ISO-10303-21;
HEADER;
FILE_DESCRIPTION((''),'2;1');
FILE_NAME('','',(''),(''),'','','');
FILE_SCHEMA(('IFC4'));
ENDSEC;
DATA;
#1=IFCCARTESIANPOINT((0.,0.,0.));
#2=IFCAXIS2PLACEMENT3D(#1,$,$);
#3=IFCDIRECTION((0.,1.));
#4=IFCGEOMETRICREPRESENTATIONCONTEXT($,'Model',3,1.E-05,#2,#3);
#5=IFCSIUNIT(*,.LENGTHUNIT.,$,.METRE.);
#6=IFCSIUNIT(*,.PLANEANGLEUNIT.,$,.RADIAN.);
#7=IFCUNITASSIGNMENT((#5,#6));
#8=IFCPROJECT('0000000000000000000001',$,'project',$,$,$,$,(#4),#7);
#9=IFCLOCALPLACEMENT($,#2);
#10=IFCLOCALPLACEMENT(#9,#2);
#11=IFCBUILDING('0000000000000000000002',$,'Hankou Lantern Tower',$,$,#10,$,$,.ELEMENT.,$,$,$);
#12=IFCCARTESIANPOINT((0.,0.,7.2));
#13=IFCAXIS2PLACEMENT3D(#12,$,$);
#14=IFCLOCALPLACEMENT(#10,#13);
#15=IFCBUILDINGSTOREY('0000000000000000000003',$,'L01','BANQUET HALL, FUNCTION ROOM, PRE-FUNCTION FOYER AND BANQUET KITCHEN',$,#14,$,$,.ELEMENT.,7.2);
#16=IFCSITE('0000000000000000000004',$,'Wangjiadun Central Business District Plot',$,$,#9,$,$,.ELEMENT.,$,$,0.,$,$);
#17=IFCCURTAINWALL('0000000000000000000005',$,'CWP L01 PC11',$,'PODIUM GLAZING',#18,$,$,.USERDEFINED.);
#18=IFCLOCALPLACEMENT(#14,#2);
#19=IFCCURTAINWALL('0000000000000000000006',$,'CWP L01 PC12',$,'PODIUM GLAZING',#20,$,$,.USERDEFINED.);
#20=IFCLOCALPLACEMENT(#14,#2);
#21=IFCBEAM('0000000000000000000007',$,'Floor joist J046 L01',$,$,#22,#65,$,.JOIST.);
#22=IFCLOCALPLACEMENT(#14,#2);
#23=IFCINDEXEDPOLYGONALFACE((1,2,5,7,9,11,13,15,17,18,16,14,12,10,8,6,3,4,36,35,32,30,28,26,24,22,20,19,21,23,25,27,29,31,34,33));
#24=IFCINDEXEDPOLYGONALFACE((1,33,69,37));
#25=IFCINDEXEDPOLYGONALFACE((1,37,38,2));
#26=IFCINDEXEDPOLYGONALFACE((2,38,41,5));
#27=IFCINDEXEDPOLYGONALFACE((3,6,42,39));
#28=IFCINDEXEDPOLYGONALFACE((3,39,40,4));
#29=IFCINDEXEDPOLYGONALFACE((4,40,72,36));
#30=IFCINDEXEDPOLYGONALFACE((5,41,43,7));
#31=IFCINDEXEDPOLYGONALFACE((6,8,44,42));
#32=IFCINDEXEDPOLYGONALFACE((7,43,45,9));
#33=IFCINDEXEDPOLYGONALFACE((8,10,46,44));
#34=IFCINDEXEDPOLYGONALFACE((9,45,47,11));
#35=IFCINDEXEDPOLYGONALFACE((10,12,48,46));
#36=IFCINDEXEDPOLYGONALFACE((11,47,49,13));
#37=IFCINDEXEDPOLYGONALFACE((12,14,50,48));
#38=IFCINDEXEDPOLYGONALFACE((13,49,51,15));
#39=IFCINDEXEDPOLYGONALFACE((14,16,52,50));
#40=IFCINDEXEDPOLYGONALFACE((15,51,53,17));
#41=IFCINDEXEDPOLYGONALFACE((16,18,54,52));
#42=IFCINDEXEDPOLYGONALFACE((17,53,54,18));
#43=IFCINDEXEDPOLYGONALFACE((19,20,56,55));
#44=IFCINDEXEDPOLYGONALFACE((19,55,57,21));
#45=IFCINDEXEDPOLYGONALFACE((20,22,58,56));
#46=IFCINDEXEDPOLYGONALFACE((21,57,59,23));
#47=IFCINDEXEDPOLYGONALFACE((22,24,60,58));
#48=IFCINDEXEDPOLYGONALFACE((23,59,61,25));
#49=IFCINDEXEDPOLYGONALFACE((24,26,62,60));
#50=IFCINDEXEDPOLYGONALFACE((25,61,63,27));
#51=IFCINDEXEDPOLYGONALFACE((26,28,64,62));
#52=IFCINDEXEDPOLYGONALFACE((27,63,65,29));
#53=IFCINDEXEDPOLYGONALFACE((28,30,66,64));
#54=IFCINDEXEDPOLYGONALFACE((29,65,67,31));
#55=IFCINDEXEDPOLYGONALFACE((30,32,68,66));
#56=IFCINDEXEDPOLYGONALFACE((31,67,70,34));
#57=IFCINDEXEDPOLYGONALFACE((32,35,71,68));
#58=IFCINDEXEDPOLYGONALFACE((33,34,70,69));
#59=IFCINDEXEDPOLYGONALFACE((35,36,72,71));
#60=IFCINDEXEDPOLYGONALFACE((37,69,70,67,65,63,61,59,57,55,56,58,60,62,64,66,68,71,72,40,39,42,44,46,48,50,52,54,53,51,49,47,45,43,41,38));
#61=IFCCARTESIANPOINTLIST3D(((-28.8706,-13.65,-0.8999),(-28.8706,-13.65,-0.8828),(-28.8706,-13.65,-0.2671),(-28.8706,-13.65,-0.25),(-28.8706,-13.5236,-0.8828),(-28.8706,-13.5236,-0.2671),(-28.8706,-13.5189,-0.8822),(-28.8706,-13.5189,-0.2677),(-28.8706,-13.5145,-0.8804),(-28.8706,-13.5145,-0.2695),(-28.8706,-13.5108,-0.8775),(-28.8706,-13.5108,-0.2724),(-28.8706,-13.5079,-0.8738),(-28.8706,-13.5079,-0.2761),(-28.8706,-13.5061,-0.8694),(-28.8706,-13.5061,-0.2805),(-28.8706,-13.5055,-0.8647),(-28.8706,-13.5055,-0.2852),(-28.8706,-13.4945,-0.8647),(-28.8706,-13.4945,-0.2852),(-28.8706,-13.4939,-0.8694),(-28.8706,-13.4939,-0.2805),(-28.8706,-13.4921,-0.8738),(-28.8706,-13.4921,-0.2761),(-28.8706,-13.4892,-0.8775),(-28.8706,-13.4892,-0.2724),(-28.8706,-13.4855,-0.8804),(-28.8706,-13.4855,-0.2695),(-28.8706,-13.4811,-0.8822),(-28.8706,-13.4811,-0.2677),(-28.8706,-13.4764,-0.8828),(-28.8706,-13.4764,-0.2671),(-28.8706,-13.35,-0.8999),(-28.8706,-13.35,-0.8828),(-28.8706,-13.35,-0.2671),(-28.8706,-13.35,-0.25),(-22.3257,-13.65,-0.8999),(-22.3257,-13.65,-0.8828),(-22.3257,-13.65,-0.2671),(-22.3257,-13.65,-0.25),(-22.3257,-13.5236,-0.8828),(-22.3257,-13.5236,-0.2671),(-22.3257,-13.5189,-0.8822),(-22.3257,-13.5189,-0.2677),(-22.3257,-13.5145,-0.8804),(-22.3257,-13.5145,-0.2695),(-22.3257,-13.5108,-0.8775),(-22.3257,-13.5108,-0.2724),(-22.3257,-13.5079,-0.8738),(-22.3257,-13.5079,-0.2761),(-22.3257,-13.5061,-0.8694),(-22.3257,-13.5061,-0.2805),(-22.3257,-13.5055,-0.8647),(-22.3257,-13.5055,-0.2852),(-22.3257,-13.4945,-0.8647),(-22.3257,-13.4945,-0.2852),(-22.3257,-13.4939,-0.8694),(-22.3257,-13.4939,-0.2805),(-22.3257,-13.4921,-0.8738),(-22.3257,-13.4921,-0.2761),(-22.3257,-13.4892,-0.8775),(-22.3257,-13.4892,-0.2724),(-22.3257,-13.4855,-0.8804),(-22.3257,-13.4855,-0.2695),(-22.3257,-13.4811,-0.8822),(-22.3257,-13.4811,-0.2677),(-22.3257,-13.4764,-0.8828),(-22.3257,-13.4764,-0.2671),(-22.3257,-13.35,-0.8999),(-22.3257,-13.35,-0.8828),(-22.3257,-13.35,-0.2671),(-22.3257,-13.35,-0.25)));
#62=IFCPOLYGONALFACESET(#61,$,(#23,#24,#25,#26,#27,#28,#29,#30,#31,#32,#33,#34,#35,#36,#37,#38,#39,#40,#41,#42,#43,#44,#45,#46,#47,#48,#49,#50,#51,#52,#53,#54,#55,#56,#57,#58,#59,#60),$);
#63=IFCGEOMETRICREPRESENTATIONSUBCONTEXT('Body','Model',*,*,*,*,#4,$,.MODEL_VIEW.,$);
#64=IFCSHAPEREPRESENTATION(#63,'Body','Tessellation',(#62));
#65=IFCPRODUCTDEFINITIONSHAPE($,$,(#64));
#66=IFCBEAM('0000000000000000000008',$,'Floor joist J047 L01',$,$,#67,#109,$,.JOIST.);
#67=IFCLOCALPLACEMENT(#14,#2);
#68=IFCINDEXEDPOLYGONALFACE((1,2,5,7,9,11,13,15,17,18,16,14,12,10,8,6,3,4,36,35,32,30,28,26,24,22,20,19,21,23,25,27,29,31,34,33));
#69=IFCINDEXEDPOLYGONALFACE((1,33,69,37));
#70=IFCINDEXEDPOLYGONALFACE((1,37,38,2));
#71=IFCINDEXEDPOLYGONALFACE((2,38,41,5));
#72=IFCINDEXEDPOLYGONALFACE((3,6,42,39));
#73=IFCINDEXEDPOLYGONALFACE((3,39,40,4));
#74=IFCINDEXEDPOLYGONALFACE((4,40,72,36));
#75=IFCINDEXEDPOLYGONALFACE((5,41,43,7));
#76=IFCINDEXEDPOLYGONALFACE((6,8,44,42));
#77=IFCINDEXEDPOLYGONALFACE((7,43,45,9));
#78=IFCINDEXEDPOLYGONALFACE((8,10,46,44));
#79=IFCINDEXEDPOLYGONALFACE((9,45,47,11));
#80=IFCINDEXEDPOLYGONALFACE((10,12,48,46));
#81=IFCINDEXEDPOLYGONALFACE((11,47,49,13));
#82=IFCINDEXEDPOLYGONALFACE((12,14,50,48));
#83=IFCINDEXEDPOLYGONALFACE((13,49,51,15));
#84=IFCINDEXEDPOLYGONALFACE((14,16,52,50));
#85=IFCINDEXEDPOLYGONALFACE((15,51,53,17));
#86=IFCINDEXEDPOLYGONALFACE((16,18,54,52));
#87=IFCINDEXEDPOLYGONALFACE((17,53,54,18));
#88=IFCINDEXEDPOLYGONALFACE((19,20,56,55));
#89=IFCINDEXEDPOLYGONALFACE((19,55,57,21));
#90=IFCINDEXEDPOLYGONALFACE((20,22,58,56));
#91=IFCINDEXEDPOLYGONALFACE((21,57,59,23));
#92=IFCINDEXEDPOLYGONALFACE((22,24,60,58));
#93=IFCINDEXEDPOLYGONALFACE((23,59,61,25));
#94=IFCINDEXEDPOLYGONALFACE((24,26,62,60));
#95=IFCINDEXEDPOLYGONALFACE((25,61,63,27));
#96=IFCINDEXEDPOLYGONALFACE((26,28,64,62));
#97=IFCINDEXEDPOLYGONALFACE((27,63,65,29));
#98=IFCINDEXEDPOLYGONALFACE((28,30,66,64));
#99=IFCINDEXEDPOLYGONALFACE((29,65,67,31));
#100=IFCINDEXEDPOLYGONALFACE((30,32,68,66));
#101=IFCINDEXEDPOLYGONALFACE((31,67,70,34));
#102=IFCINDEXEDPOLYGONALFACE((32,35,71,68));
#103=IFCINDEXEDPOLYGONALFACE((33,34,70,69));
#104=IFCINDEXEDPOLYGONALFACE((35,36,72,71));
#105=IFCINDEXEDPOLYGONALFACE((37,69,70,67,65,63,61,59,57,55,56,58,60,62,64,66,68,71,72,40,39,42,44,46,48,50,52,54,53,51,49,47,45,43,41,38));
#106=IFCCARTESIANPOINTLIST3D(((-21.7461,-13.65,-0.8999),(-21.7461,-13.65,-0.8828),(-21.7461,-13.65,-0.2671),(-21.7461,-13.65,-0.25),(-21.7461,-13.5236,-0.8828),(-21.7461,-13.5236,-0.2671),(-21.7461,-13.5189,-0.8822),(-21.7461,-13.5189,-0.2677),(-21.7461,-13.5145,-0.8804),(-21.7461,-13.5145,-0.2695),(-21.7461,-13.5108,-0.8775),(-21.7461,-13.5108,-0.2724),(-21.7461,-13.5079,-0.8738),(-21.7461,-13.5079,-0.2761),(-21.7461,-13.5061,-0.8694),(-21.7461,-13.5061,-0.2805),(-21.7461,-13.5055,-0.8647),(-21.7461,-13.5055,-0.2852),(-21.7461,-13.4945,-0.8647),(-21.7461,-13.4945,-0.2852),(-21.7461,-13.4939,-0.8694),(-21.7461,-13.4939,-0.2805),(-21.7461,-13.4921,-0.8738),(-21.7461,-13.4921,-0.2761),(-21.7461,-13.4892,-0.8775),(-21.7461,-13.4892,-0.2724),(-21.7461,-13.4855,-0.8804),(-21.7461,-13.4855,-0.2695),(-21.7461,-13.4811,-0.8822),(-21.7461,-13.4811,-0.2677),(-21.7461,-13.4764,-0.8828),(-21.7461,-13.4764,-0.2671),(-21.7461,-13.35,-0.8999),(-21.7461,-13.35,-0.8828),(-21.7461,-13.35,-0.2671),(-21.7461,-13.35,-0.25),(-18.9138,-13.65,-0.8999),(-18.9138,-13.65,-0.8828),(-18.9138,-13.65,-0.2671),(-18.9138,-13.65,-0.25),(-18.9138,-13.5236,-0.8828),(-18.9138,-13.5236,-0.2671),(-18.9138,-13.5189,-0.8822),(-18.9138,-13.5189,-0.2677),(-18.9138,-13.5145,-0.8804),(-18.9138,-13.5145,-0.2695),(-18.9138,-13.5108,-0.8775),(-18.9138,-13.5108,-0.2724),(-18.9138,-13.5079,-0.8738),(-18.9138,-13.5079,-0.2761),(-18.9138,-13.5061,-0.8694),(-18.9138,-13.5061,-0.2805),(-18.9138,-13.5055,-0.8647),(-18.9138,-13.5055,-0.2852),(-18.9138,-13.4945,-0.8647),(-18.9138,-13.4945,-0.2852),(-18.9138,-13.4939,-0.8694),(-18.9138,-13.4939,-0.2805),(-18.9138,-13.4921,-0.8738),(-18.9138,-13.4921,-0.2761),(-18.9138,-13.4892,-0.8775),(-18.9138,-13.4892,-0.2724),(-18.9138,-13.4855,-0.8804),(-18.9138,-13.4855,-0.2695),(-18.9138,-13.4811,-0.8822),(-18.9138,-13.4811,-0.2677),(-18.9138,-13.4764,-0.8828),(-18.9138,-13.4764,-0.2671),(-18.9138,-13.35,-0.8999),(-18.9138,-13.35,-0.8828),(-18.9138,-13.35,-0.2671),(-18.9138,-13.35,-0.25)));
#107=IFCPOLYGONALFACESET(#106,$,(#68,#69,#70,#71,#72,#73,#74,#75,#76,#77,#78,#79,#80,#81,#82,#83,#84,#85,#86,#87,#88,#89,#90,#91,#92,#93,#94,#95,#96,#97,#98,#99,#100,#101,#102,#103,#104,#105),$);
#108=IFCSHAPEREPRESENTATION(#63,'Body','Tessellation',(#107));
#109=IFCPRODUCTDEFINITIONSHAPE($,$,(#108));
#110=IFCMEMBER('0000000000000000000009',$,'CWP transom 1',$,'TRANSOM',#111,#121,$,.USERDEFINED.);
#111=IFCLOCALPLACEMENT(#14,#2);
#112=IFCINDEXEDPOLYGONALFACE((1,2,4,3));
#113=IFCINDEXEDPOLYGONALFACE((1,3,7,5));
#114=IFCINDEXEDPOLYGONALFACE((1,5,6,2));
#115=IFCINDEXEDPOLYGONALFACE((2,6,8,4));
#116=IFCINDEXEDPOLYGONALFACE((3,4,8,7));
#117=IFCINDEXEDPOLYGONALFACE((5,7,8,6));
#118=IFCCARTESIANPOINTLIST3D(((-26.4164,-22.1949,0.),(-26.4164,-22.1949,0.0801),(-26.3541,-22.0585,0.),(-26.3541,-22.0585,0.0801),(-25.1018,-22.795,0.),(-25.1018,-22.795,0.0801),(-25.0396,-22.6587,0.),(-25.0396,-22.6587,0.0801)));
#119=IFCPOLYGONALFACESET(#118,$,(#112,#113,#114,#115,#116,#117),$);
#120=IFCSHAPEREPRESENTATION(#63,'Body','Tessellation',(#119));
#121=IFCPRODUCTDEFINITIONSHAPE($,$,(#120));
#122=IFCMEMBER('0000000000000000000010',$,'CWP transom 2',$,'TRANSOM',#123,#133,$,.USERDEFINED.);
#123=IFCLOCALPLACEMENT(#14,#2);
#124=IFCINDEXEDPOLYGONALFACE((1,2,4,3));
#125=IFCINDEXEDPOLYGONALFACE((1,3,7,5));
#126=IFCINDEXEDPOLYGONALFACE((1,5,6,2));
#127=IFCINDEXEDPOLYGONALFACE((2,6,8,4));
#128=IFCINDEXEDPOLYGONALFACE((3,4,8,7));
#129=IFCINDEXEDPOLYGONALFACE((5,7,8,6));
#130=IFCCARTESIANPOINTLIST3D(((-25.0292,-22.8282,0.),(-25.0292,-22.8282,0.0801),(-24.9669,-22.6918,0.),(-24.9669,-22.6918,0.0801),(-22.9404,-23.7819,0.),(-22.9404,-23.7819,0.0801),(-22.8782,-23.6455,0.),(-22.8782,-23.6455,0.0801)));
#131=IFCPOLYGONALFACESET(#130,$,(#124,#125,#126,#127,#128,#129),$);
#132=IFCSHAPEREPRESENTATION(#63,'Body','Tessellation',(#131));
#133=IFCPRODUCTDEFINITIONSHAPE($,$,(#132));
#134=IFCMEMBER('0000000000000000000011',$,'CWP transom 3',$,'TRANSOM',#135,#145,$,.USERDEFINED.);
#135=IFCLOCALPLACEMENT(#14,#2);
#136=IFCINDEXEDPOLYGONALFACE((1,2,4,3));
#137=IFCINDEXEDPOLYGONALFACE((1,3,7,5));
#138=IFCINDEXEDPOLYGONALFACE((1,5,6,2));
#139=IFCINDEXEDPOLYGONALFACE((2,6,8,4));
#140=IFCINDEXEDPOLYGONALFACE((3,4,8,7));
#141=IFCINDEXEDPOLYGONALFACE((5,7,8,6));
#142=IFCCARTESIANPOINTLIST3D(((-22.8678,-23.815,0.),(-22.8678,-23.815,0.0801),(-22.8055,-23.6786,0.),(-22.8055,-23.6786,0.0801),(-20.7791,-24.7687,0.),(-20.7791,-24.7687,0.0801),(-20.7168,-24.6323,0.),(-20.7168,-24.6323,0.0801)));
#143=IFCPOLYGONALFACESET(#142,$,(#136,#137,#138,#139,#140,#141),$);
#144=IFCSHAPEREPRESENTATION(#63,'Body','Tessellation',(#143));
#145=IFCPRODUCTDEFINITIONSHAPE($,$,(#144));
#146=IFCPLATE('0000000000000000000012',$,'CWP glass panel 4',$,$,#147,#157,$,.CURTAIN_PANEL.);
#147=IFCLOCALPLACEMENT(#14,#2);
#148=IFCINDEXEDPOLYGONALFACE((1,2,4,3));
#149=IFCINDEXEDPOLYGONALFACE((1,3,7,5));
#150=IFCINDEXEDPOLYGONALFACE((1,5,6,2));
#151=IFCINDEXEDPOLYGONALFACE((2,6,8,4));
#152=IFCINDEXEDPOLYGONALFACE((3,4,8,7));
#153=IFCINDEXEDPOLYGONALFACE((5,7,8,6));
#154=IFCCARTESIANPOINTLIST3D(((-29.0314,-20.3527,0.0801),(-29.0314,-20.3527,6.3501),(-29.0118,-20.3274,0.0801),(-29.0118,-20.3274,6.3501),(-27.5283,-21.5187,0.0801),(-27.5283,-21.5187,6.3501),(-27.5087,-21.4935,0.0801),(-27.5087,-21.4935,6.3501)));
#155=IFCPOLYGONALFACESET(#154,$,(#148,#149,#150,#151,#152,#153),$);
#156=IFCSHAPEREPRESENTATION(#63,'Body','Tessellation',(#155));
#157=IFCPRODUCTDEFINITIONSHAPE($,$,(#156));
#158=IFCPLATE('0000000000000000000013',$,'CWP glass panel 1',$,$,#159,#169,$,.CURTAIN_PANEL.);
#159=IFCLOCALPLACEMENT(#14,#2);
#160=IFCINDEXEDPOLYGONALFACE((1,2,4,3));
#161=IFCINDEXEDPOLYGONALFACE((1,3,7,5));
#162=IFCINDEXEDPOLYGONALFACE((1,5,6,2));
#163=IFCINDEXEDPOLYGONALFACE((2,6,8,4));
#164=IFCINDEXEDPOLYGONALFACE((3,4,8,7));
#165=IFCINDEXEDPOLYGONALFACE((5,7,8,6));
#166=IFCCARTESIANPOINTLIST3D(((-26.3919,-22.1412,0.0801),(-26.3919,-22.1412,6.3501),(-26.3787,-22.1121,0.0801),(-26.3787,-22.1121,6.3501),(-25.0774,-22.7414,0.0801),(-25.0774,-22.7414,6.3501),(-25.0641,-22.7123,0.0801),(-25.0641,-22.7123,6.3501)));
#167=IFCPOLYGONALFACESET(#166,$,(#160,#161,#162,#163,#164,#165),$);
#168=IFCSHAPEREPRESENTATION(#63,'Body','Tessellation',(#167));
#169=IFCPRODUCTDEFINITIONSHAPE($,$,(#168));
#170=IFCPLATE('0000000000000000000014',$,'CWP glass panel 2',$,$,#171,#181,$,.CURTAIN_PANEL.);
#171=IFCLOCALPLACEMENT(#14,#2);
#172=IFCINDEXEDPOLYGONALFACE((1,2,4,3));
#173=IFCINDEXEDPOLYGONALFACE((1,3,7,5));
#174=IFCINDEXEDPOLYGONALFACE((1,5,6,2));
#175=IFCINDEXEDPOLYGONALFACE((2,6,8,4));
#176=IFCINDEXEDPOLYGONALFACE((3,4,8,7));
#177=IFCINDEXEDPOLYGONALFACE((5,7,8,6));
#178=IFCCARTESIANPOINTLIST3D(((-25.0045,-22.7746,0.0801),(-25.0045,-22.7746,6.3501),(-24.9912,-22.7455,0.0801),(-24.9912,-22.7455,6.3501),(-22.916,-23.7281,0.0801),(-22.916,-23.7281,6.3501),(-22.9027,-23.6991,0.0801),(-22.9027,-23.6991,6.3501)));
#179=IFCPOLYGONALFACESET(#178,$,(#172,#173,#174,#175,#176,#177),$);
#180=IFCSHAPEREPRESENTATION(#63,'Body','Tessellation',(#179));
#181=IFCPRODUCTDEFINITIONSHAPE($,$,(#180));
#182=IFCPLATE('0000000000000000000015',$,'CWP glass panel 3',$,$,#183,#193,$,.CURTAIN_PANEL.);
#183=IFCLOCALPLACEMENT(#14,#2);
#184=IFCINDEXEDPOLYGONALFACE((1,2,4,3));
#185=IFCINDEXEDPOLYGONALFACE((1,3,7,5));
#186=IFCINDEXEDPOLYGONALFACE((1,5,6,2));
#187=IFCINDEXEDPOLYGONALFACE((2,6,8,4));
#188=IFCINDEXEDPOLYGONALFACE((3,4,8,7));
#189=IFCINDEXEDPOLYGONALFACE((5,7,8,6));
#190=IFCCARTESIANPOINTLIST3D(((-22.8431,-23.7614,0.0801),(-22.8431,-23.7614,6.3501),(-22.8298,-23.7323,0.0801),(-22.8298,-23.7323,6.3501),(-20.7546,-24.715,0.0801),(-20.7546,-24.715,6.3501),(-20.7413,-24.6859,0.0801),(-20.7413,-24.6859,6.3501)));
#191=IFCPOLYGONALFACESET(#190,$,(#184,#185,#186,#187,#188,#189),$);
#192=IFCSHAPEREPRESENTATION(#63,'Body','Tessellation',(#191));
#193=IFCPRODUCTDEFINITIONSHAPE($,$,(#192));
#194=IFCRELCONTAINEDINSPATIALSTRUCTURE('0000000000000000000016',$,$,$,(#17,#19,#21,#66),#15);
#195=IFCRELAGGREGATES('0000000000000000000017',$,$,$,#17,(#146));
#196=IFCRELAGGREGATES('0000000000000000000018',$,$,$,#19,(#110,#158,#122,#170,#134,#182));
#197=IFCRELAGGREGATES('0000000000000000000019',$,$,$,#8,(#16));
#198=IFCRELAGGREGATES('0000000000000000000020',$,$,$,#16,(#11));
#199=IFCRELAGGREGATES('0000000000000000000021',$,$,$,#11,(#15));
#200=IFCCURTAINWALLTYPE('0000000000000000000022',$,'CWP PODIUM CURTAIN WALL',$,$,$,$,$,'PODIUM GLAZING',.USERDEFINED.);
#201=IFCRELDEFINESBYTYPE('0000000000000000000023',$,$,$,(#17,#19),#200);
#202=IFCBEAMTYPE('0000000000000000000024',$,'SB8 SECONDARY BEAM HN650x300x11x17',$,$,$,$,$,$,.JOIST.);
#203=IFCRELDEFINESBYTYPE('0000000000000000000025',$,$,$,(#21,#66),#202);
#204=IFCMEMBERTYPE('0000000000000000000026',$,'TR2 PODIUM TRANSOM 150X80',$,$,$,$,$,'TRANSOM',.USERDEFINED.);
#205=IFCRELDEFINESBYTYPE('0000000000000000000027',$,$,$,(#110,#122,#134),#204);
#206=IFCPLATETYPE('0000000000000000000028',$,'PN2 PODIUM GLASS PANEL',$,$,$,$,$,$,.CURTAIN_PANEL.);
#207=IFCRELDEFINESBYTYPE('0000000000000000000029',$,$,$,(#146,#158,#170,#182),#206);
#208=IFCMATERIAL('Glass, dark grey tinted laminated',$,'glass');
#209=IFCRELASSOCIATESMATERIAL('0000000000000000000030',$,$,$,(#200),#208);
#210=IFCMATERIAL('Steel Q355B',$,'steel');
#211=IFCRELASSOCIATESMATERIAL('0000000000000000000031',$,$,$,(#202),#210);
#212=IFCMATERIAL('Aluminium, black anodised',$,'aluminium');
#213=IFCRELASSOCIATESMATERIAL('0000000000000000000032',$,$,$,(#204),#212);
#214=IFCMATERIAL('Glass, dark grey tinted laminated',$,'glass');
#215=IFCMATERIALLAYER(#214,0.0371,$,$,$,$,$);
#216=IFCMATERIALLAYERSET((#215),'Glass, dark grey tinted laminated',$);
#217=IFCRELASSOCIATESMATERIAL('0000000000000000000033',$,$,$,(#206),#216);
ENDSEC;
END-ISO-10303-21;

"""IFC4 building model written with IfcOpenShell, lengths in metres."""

from ifc_helpers import new_model, si_unit, direction, frame, origin, origin_2d, place, context, subcontext, project, spatial, rectangle, i_section, extrude, material, layer, layer_set, material_profile, profile_set, type_object, element, aggregate, save


model = new_model("IFC4")

# Units and contexts
model_context = context("Model", 3, precision=1e-05, world=origin(), true_north=direction((0.0, 1.0)))
body_context = subcontext(model_context, "Body", "Model", "MODEL_VIEW")
ifc_project = project(units=[si_unit("LENGTHUNIT", "METRE"), si_unit("PLANEANGLEUNIT", "RADIAN")], contexts=[model_context])

# Site, building, storey
site_placement = place(None, origin())
site = spatial("IfcSite", under=ifc_project, at=site_placement, Name="Wangjiadun Central Business District Plot", CompositionType="ELEMENT", RefElevation=0.0)
building_placement = place(site_placement, origin())
building = spatial("IfcBuilding", under=site, at=building_placement, Name="Hankou Lantern Tower", CompositionType="ELEMENT")
storey_placement = place(building_placement, frame((0.0, 0.0, 7.2)))
storey = spatial("IfcBuildingStorey", under=building, at=storey_placement, Name="L01", Description="BANQUET HALL, FUNCTION ROOM, PRE-FUNCTION FOYER AND BANQUET KITCHEN", CompositionType="ELEMENT", Elevation=7.2)

# Curtain wall
ifc_material_1 = material(Name="Glass, dark grey tinted laminated", Category="glass")
curtain_wall_type = type_object("IfcCurtainWallType", Name="CWP PODIUM CURTAIN WALL", ElementType="PODIUM GLAZING", PredefinedType="USERDEFINED", material=ifc_material_1)
curtain_wall_1_placement = place(storey_placement, origin())
curtain_wall_1 = element("IfcCurtainWall", 1, at=curtain_wall_1_placement, inside=storey, type_object=curtain_wall_type, Name="CWP L01 PC11", ObjectType="PODIUM GLAZING", PredefinedType="USERDEFINED")

# Curtain wall
curtain_wall_2_placement = place(storey_placement, origin())
curtain_wall_2 = element("IfcCurtainWall", 2, at=curtain_wall_2_placement, inside=storey, type_object=curtain_wall_type, Name="CWP L01 PC12", ObjectType="PODIUM GLAZING", PredefinedType="USERDEFINED")

# Beams
ifc_material_2 = material(Name="Steel Q355B", Category="steel")
ifc_material_profile_1 = material_profile(ifc_material_2, i_section(OverallWidth=0.3, OverallDepth=0.6499, WebThickness=0.011, FlangeThickness=0.0171, FilletRadius=0.0181, at=origin_2d()), Name="HN650x300x11x17")
ifc_profile_set_1 = profile_set([ifc_material_profile_1], Name="Steel Q355B")
beam_type_1 = type_object("IfcBeamType", Name="SB8 SECONDARY BEAM HN650x300x11x17", PredefinedType="JOIST", material=ifc_profile_set_1)
beam_1_placement = place(storey_placement, frame((-28.8706, -13.5, -0.575), z_axis=(1.0, 0.0, 0.0), x_axis=(0.0, 1.0, 0.0)))
element("IfcBeam", 3, at=beam_1_placement, inside=storey, type_object=beam_type_1, Name="Floor joist J046 L01", PredefinedType="JOIST", context=body_context, shape_type="SweptSolid", body=[
    extrude(i_section(OverallWidth=0.3, OverallDepth=0.6499, WebThickness=0.011, FlangeThickness=0.0171, FilletRadius=0.0181, at=origin_2d()), origin(), (0.0, 0.0, 1.0), 6.5449),
])
beam_2_placement = place(storey_placement, frame((-21.7461, -13.5, -0.575), z_axis=(1.0, 0.0, 0.0), x_axis=(0.0, 1.0, 0.0)))
element("IfcBeam", 4, at=beam_2_placement, inside=storey, type_object=beam_type_1, Name="Floor joist J047 L01", PredefinedType="JOIST", context=body_context, shape_type="SweptSolid", body=[
    extrude(i_section(OverallWidth=0.3, OverallDepth=0.6499, WebThickness=0.011, FlangeThickness=0.0171, FilletRadius=0.0181, at=origin_2d()), origin(), (0.0, 0.0, 1.0), 2.8323),
])

# Members
ifc_material_3 = material(Name="Aluminium, black anodised", Category="aluminium")
ifc_material_profile_2 = material_profile(ifc_material_3, rectangle(XDim=0.1499, YDim=0.0801, at=origin_2d()), Name="TR2 150X80")
ifc_profile_set_2 = profile_set([ifc_material_profile_2], Name="Aluminium, black anodised")
member_type_1 = type_object("IfcMemberType", Name="TR2 PODIUM TRANSOM 150X80", ElementType="TRANSOM", PredefinedType="USERDEFINED", material=ifc_profile_set_2)
member_1_placement = place(storey_placement, frame((-26.3853, -22.1267, 0.04), z_axis=(0.909682, -0.415305, 0.0), x_axis=(0.415305, 0.909682, 0.0)))
member_1 = element("IfcMember", 5, at=member_1_placement, type_object=member_type_1, Name="CWP transom 1", ObjectType="TRANSOM", PredefinedType="USERDEFINED", context=body_context, shape_type="SweptSolid", body=[
    extrude(rectangle(XDim=0.1499, YDim=0.0801, at=origin_2d()), origin(), (0.0, 0.0, 1.0), 1.4451),
])
member_2_placement = place(storey_placement, frame((-24.998, -22.76, 0.04), z_axis=(0.90967, -0.415333, 0.0), x_axis=(0.415333, 0.90967, 0.0)))
member_2 = element("IfcMember", 6, at=member_2_placement, type_object=member_type_1, Name="CWP transom 2", ObjectType="TRANSOM", PredefinedType="USERDEFINED", context=body_context, shape_type="SweptSolid", body=[
    extrude(rectangle(XDim=0.1499, YDim=0.0801, at=origin_2d()), origin(), (0.0, 0.0, 1.0), 2.2961),
])
member_3_placement = place(storey_placement, frame((-22.8367, -23.7468, 0.04), z_axis=(0.90967, -0.415333, 0.0), x_axis=(0.415333, 0.90967, 0.0)))
member_3 = element("IfcMember", 7, at=member_3_placement, type_object=member_type_1, Name="CWP transom 3", ObjectType="TRANSOM", PredefinedType="USERDEFINED", context=body_context, shape_type="SweptSolid", body=[
    extrude(rectangle(XDim=0.1499, YDim=0.0801, at=origin_2d()), origin(), (0.0, 0.0, 1.0), 2.2961),
])

# Plates
ifc_material_4 = material(Name="Glass, dark grey tinted laminated", Category="glass")
ifc_layer = layer(ifc_material_4, 0.0371)
ifc_layer_set = layer_set([ifc_layer], Name="Glass, dark grey tinted laminated")
plate_type = type_object("IfcPlateType", Name="PN2 PODIUM GLASS PANEL", PredefinedType="CURTAIN_PANEL", material=ifc_layer_set)
plate_1_placement = place(storey_placement, frame((-28.27, -20.9231, 0.0801), z_axis=(0.0, 0.0, 1.0), x_axis=(0.79013, -0.61294, 0.0)))
plate_1 = element("IfcPlate", 8, at=plate_1_placement, type_object=plate_type, Name="CWP glass panel 4", PredefinedType="CURTAIN_PANEL", context=body_context, shape_type="SweptSolid", body=[
    extrude(rectangle(XDim=1.9023, YDim=0.032, at=origin_2d()), origin(), (0.0, 0.0, 1.0), 6.27),
])
aggregate(curtain_wall_1, [plate_1])
plate_2_placement = place(storey_placement, frame((-25.728, -22.4268, 0.0801), z_axis=(0.0, 0.0, 1.0), x_axis=(0.90967, -0.415332, 0.0)))
plate_2 = element("IfcPlate", 9, at=plate_2_placement, type_object=plate_type, Name="CWP glass panel 1", PredefinedType="CURTAIN_PANEL", context=body_context, shape_type="SweptSolid", body=[
    extrude(rectangle(XDim=1.4451, YDim=0.032, at=origin_2d()), origin(), (0.0, 0.0, 1.0), 6.27),
])
plate_3_placement = place(storey_placement, frame((-23.9536, -23.2368, 0.0801), z_axis=(0.0, 0.0, 1.0), x_axis=(0.90967, -0.415332, 0.0)))
plate_3 = element("IfcPlate", 10, at=plate_3_placement, type_object=plate_type, Name="CWP glass panel 2", PredefinedType="CURTAIN_PANEL", context=body_context, shape_type="SweptSolid", body=[
    extrude(rectangle(XDim=2.2959, YDim=0.032, at=origin_2d()), origin(), (0.0, 0.0, 1.0), 6.27),
])
plate_4_placement = place(storey_placement, frame((-21.7922, -24.2236, 0.0801), z_axis=(0.0, 0.0, 1.0), x_axis=(0.90967, -0.415332, 0.0)))
plate_4 = element("IfcPlate", 11, at=plate_4_placement, type_object=plate_type, Name="CWP glass panel 3", PredefinedType="CURTAIN_PANEL", context=body_context, shape_type="SweptSolid", body=[
    extrude(rectangle(XDim=2.2959, YDim=0.032, at=origin_2d()), origin(), (0.0, 0.0, 1.0), 6.27),
])
aggregate(curtain_wall_2, [member_1, plate_2, member_2, plate_3, member_3, plate_4])

save(model, "model.ifc")
